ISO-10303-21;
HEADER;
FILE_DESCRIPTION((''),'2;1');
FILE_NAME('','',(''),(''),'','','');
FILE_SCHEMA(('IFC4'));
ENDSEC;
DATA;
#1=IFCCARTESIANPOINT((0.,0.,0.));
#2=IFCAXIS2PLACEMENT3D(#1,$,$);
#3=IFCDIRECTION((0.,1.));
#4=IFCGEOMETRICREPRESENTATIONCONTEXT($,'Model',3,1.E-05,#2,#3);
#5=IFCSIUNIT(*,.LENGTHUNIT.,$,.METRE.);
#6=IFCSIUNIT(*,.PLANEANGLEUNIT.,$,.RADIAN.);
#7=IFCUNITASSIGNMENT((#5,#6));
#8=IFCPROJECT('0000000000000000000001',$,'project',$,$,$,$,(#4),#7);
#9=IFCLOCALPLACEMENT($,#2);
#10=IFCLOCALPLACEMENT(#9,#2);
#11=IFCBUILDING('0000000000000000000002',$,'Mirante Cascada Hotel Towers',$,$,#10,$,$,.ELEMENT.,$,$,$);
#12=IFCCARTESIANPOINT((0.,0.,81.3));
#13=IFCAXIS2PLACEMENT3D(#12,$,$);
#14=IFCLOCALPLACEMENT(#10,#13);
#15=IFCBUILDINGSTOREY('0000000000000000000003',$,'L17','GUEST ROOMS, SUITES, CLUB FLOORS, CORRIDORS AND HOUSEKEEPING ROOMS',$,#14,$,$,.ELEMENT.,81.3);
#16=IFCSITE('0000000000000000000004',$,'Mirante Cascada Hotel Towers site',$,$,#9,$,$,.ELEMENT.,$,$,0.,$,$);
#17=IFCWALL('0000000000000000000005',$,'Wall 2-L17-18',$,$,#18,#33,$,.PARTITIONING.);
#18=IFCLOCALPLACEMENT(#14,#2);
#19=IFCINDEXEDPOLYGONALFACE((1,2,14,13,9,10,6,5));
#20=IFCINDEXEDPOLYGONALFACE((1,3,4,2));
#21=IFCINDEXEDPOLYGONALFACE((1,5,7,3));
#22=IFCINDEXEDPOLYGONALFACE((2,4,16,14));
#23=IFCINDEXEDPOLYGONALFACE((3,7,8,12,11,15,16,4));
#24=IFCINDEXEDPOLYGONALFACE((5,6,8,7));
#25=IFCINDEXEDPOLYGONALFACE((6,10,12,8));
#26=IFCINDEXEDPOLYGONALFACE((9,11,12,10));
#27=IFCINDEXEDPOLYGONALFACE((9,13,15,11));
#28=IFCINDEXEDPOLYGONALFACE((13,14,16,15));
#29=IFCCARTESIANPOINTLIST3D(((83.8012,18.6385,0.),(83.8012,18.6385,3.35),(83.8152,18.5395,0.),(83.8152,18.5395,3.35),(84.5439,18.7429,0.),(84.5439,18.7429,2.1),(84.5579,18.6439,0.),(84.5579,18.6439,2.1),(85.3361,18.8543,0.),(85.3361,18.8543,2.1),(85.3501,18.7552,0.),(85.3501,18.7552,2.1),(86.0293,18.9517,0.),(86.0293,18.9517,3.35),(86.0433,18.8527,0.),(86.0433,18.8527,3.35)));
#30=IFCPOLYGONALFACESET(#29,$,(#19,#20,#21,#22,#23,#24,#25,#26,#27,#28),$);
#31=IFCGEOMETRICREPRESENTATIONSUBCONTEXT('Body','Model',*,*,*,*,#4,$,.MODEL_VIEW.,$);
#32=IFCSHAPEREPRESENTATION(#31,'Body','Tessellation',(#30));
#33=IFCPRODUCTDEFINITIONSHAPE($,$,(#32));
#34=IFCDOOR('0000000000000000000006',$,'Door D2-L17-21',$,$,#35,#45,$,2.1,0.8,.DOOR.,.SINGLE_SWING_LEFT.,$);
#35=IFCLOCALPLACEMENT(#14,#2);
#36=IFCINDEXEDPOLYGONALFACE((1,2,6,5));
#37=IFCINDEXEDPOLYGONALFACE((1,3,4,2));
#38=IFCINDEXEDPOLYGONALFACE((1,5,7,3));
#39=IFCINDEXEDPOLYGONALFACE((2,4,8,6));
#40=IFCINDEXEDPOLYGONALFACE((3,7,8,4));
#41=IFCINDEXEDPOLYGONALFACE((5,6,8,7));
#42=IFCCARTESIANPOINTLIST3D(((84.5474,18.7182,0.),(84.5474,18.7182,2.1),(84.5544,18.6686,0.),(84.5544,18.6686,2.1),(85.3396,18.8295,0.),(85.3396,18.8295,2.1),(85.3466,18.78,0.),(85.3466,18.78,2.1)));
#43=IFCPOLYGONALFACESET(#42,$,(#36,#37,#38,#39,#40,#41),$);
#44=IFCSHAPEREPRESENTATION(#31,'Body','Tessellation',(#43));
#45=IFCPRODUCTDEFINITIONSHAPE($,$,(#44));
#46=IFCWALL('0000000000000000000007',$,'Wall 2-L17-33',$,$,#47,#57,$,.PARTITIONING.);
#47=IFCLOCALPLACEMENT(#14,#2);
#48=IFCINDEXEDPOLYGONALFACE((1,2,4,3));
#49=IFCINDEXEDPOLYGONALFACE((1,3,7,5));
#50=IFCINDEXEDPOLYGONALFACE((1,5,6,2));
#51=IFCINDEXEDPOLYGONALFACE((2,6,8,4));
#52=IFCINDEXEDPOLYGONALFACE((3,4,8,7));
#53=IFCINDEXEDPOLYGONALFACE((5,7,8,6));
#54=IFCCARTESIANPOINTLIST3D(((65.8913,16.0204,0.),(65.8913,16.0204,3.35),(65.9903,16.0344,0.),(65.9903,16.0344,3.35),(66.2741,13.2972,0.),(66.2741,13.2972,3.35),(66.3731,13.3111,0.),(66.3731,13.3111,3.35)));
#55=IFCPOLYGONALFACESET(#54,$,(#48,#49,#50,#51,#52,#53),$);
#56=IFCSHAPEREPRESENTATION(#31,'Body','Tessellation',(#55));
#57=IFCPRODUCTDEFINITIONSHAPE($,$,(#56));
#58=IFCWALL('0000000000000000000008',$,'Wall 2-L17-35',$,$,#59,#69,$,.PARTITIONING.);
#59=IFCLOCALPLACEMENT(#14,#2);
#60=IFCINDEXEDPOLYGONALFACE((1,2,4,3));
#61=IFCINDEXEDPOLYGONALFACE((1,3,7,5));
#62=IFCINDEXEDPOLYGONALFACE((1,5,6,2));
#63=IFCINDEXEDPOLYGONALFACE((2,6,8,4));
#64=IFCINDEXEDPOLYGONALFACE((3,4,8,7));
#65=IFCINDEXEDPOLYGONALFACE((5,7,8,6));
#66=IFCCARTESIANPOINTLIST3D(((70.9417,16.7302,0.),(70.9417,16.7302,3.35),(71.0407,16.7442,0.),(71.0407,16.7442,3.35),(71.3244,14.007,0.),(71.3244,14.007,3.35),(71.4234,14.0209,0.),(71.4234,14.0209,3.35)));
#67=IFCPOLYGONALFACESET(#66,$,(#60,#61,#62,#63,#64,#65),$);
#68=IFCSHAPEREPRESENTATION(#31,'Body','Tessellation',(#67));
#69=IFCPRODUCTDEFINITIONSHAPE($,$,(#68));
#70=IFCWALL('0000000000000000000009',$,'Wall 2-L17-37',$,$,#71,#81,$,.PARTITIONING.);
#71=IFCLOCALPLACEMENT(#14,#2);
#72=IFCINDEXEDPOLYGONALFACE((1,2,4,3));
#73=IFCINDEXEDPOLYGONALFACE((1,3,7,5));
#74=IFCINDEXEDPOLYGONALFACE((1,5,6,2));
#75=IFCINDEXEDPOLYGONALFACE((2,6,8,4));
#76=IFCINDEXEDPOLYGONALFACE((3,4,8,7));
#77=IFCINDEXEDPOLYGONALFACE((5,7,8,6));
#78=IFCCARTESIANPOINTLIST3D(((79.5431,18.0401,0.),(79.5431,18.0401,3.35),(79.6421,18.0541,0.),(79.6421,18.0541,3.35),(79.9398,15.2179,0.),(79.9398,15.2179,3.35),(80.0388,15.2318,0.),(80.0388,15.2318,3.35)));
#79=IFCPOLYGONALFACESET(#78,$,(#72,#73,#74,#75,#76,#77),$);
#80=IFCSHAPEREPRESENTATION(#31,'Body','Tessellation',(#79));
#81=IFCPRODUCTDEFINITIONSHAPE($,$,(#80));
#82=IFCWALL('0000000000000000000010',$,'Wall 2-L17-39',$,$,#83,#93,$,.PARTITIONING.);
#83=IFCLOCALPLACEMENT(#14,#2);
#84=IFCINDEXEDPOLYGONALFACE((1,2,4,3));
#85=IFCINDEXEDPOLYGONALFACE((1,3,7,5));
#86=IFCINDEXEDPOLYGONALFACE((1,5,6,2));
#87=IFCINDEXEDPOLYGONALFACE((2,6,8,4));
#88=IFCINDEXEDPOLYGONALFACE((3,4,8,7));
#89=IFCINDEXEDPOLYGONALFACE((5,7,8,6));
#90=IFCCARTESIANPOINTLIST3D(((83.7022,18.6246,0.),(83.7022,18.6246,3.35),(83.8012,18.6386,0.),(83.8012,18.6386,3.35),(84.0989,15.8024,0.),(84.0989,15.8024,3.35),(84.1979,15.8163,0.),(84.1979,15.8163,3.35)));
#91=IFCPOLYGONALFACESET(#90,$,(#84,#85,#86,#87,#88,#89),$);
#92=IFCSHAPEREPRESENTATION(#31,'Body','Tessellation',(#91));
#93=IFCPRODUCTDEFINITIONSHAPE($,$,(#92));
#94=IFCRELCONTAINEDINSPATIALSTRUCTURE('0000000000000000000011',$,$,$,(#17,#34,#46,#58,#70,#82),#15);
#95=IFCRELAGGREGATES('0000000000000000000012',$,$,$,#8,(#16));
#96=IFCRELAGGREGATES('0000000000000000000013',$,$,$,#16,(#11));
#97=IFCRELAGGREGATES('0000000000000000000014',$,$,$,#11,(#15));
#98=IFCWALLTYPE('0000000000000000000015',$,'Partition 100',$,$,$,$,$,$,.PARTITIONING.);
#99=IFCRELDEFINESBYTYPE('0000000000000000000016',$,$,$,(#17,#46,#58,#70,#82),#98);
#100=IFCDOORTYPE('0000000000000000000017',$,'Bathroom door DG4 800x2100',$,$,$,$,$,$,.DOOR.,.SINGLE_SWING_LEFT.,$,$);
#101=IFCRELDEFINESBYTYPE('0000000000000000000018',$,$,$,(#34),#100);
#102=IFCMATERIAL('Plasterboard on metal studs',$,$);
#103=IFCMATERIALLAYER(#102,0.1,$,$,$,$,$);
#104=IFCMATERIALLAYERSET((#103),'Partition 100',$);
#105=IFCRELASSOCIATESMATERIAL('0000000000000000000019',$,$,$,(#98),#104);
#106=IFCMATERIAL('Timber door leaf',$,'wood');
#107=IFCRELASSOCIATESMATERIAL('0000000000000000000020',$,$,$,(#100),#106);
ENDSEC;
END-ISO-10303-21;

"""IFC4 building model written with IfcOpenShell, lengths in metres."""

from ifc_helpers import new_model, si_unit, direction, frame, frame_2d, origin, place, context, subcontext, project, spatial, rectangle, extrude, material, layer, layer_set, type_object, element, fill, save


model = new_model("IFC4")

# Units and contexts
model_context = context("Model", 3, precision=1e-05, world=origin(), true_north=direction((0.0, 1.0)))
body_context = subcontext(model_context, "Body", "Model", "MODEL_VIEW")
ifc_project = project(units=[si_unit("LENGTHUNIT", "METRE"), si_unit("PLANEANGLEUNIT", "RADIAN")], contexts=[model_context])

# Site, building, storey
site_placement = place(None, origin())
site = spatial("IfcSite", under=ifc_project, at=site_placement, Name="Mirante Cascada Hotel Towers site", CompositionType="ELEMENT", RefElevation=0.0)
building_placement = place(site_placement, origin())
building = spatial("IfcBuilding", under=site, at=building_placement, Name="Mirante Cascada Hotel Towers", CompositionType="ELEMENT")
storey_placement = place(building_placement, frame((0.0, 0.0, 81.3)))
storey = spatial("IfcBuildingStorey", under=building, at=storey_placement, Name="L17", Description="GUEST ROOMS, SUITES, CLUB FLOORS, CORRIDORS AND HOUSEKEEPING ROOMS", CompositionType="ELEMENT", Elevation=81.3)

# Shared definitions
ifc_material_1 = material(Name="Plasterboard on metal studs")
ifc_layer_1 = layer(ifc_material_1, 0.1)
ifc_layer_set_1 = layer_set([ifc_layer_1], Name="Partition 100")
wall_type_1 = type_object("IfcWallType", Name="Partition 100", PredefinedType="PARTITIONING", material=ifc_layer_set_1)
ifc_material_2 = material(Name="Timber door leaf", Category="wood")
door_type = type_object("IfcDoorType", Name="Bathroom door DG4 800x2100", OperationType="SINGLE_SWING_LEFT", PredefinedType="DOOR", material=ifc_material_2)

# Wall, opening, door
wall_1_placement = place(storey_placement, frame((83.8082, 18.589, 0.0), z_axis=(0.0, 0.0, 1.0), x_axis=(0.990264, 0.1392, 0.0)))
wall_1 = element("IfcWall", 1, at=wall_1_placement, inside=storey, type_object=wall_type_1, Name="Wall 2-L17-18", PredefinedType="PARTITIONING", context=body_context, shape_type="SweptSolid", body=[
    extrude(rectangle(XDim=2.25, YDim=0.1, at=frame_2d((1.125, 0.0))), origin(), (0.0, 0.0, 1.0), 3.35),
])
opening_1_placement = place(wall_1_placement, frame((0.75, 0.0, 0.0)))
opening_1 = element("IfcOpeningElement", 2, at=opening_1_placement, cuts=wall_1, PredefinedType="OPENING", context=body_context, shape_type="SweptSolid", body=[
    extrude(rectangle(XDim=0.8, YDim=2.1, at=frame_2d((0.4, 1.05))), frame((0.0, 0.05, 0.0), z_axis=(0.0, -1.0, 0.0), x_axis=(1.0, 0.0, 0.0)), (0.0, 0.0, 1.0), 0.1),
])
door_1_placement = place(opening_1_placement, origin())
door_1 = element("IfcDoor", 3, at=door_1_placement, inside=storey, type_object=door_type, Name="Door D2-L17-21", OperationType="SINGLE_SWING_LEFT", OverallHeight=2.1, OverallWidth=0.8, PredefinedType="DOOR", context=body_context, shape_type="SweptSolid", body=[
    extrude(rectangle(XDim=0.8, YDim=2.1, at=frame_2d((0.4, 1.05))), frame((0.0, 0.025, 0.0), z_axis=(0.0, -1.0, 0.0), x_axis=(1.0, 0.0, 0.0)), (0.0, 0.0, 1.0), 0.05),
])
fill(opening_1, door_1)

# Walls
for number, where, z_axis, x_axis, name in (
    (4, (65.9408, 16.0274, 0.0), (0.0, 0.0, 1.0), (0.139201, -0.990264, 0.0), "Wall 2-L17-33"),
    (5, (70.9912, 16.7372, 0.0), (0.0, 0.0, 1.0), (0.139166, -0.990269, 0.0), "Wall 2-L17-35"),
):
    element("IfcWall", number, at=place(storey_placement, frame(where, z_axis=z_axis, x_axis=x_axis)), inside=storey, type_object=wall_type_1, Name=name, PredefinedType="PARTITIONING", context=body_context, shape_type="SweptSolid", body=[
        extrude(rectangle(XDim=2.75, YDim=0.1, at=frame_2d((1.375, 0.0))), origin(), (0.0, 0.0, 1.0), 3.35),
    ])
for number, where, z_axis, x_axis, name in (
    (6, (79.5926, 18.0471, 0.0), (0.0, 0.0, 1.0), (0.139191, -0.990266, 0.0), "Wall 2-L17-37"),
    (7, (83.7517, 18.6316, 0.0), (0.0, 0.0, 1.0), (0.139191, -0.990266, 0.0), "Wall 2-L17-39"),
):
    element("IfcWall", number, at=place(storey_placement, frame(where, z_axis=z_axis, x_axis=x_axis)), inside=storey, type_object=wall_type_1, Name=name, PredefinedType="PARTITIONING", context=body_context, shape_type="SweptSolid", body=[
        extrude(rectangle(XDim=2.85, YDim=0.1, at=frame_2d((1.425, 0.0))), origin(), (0.0, 0.0, 1.0), 3.35),
    ])

save(model, "model.ifc")
